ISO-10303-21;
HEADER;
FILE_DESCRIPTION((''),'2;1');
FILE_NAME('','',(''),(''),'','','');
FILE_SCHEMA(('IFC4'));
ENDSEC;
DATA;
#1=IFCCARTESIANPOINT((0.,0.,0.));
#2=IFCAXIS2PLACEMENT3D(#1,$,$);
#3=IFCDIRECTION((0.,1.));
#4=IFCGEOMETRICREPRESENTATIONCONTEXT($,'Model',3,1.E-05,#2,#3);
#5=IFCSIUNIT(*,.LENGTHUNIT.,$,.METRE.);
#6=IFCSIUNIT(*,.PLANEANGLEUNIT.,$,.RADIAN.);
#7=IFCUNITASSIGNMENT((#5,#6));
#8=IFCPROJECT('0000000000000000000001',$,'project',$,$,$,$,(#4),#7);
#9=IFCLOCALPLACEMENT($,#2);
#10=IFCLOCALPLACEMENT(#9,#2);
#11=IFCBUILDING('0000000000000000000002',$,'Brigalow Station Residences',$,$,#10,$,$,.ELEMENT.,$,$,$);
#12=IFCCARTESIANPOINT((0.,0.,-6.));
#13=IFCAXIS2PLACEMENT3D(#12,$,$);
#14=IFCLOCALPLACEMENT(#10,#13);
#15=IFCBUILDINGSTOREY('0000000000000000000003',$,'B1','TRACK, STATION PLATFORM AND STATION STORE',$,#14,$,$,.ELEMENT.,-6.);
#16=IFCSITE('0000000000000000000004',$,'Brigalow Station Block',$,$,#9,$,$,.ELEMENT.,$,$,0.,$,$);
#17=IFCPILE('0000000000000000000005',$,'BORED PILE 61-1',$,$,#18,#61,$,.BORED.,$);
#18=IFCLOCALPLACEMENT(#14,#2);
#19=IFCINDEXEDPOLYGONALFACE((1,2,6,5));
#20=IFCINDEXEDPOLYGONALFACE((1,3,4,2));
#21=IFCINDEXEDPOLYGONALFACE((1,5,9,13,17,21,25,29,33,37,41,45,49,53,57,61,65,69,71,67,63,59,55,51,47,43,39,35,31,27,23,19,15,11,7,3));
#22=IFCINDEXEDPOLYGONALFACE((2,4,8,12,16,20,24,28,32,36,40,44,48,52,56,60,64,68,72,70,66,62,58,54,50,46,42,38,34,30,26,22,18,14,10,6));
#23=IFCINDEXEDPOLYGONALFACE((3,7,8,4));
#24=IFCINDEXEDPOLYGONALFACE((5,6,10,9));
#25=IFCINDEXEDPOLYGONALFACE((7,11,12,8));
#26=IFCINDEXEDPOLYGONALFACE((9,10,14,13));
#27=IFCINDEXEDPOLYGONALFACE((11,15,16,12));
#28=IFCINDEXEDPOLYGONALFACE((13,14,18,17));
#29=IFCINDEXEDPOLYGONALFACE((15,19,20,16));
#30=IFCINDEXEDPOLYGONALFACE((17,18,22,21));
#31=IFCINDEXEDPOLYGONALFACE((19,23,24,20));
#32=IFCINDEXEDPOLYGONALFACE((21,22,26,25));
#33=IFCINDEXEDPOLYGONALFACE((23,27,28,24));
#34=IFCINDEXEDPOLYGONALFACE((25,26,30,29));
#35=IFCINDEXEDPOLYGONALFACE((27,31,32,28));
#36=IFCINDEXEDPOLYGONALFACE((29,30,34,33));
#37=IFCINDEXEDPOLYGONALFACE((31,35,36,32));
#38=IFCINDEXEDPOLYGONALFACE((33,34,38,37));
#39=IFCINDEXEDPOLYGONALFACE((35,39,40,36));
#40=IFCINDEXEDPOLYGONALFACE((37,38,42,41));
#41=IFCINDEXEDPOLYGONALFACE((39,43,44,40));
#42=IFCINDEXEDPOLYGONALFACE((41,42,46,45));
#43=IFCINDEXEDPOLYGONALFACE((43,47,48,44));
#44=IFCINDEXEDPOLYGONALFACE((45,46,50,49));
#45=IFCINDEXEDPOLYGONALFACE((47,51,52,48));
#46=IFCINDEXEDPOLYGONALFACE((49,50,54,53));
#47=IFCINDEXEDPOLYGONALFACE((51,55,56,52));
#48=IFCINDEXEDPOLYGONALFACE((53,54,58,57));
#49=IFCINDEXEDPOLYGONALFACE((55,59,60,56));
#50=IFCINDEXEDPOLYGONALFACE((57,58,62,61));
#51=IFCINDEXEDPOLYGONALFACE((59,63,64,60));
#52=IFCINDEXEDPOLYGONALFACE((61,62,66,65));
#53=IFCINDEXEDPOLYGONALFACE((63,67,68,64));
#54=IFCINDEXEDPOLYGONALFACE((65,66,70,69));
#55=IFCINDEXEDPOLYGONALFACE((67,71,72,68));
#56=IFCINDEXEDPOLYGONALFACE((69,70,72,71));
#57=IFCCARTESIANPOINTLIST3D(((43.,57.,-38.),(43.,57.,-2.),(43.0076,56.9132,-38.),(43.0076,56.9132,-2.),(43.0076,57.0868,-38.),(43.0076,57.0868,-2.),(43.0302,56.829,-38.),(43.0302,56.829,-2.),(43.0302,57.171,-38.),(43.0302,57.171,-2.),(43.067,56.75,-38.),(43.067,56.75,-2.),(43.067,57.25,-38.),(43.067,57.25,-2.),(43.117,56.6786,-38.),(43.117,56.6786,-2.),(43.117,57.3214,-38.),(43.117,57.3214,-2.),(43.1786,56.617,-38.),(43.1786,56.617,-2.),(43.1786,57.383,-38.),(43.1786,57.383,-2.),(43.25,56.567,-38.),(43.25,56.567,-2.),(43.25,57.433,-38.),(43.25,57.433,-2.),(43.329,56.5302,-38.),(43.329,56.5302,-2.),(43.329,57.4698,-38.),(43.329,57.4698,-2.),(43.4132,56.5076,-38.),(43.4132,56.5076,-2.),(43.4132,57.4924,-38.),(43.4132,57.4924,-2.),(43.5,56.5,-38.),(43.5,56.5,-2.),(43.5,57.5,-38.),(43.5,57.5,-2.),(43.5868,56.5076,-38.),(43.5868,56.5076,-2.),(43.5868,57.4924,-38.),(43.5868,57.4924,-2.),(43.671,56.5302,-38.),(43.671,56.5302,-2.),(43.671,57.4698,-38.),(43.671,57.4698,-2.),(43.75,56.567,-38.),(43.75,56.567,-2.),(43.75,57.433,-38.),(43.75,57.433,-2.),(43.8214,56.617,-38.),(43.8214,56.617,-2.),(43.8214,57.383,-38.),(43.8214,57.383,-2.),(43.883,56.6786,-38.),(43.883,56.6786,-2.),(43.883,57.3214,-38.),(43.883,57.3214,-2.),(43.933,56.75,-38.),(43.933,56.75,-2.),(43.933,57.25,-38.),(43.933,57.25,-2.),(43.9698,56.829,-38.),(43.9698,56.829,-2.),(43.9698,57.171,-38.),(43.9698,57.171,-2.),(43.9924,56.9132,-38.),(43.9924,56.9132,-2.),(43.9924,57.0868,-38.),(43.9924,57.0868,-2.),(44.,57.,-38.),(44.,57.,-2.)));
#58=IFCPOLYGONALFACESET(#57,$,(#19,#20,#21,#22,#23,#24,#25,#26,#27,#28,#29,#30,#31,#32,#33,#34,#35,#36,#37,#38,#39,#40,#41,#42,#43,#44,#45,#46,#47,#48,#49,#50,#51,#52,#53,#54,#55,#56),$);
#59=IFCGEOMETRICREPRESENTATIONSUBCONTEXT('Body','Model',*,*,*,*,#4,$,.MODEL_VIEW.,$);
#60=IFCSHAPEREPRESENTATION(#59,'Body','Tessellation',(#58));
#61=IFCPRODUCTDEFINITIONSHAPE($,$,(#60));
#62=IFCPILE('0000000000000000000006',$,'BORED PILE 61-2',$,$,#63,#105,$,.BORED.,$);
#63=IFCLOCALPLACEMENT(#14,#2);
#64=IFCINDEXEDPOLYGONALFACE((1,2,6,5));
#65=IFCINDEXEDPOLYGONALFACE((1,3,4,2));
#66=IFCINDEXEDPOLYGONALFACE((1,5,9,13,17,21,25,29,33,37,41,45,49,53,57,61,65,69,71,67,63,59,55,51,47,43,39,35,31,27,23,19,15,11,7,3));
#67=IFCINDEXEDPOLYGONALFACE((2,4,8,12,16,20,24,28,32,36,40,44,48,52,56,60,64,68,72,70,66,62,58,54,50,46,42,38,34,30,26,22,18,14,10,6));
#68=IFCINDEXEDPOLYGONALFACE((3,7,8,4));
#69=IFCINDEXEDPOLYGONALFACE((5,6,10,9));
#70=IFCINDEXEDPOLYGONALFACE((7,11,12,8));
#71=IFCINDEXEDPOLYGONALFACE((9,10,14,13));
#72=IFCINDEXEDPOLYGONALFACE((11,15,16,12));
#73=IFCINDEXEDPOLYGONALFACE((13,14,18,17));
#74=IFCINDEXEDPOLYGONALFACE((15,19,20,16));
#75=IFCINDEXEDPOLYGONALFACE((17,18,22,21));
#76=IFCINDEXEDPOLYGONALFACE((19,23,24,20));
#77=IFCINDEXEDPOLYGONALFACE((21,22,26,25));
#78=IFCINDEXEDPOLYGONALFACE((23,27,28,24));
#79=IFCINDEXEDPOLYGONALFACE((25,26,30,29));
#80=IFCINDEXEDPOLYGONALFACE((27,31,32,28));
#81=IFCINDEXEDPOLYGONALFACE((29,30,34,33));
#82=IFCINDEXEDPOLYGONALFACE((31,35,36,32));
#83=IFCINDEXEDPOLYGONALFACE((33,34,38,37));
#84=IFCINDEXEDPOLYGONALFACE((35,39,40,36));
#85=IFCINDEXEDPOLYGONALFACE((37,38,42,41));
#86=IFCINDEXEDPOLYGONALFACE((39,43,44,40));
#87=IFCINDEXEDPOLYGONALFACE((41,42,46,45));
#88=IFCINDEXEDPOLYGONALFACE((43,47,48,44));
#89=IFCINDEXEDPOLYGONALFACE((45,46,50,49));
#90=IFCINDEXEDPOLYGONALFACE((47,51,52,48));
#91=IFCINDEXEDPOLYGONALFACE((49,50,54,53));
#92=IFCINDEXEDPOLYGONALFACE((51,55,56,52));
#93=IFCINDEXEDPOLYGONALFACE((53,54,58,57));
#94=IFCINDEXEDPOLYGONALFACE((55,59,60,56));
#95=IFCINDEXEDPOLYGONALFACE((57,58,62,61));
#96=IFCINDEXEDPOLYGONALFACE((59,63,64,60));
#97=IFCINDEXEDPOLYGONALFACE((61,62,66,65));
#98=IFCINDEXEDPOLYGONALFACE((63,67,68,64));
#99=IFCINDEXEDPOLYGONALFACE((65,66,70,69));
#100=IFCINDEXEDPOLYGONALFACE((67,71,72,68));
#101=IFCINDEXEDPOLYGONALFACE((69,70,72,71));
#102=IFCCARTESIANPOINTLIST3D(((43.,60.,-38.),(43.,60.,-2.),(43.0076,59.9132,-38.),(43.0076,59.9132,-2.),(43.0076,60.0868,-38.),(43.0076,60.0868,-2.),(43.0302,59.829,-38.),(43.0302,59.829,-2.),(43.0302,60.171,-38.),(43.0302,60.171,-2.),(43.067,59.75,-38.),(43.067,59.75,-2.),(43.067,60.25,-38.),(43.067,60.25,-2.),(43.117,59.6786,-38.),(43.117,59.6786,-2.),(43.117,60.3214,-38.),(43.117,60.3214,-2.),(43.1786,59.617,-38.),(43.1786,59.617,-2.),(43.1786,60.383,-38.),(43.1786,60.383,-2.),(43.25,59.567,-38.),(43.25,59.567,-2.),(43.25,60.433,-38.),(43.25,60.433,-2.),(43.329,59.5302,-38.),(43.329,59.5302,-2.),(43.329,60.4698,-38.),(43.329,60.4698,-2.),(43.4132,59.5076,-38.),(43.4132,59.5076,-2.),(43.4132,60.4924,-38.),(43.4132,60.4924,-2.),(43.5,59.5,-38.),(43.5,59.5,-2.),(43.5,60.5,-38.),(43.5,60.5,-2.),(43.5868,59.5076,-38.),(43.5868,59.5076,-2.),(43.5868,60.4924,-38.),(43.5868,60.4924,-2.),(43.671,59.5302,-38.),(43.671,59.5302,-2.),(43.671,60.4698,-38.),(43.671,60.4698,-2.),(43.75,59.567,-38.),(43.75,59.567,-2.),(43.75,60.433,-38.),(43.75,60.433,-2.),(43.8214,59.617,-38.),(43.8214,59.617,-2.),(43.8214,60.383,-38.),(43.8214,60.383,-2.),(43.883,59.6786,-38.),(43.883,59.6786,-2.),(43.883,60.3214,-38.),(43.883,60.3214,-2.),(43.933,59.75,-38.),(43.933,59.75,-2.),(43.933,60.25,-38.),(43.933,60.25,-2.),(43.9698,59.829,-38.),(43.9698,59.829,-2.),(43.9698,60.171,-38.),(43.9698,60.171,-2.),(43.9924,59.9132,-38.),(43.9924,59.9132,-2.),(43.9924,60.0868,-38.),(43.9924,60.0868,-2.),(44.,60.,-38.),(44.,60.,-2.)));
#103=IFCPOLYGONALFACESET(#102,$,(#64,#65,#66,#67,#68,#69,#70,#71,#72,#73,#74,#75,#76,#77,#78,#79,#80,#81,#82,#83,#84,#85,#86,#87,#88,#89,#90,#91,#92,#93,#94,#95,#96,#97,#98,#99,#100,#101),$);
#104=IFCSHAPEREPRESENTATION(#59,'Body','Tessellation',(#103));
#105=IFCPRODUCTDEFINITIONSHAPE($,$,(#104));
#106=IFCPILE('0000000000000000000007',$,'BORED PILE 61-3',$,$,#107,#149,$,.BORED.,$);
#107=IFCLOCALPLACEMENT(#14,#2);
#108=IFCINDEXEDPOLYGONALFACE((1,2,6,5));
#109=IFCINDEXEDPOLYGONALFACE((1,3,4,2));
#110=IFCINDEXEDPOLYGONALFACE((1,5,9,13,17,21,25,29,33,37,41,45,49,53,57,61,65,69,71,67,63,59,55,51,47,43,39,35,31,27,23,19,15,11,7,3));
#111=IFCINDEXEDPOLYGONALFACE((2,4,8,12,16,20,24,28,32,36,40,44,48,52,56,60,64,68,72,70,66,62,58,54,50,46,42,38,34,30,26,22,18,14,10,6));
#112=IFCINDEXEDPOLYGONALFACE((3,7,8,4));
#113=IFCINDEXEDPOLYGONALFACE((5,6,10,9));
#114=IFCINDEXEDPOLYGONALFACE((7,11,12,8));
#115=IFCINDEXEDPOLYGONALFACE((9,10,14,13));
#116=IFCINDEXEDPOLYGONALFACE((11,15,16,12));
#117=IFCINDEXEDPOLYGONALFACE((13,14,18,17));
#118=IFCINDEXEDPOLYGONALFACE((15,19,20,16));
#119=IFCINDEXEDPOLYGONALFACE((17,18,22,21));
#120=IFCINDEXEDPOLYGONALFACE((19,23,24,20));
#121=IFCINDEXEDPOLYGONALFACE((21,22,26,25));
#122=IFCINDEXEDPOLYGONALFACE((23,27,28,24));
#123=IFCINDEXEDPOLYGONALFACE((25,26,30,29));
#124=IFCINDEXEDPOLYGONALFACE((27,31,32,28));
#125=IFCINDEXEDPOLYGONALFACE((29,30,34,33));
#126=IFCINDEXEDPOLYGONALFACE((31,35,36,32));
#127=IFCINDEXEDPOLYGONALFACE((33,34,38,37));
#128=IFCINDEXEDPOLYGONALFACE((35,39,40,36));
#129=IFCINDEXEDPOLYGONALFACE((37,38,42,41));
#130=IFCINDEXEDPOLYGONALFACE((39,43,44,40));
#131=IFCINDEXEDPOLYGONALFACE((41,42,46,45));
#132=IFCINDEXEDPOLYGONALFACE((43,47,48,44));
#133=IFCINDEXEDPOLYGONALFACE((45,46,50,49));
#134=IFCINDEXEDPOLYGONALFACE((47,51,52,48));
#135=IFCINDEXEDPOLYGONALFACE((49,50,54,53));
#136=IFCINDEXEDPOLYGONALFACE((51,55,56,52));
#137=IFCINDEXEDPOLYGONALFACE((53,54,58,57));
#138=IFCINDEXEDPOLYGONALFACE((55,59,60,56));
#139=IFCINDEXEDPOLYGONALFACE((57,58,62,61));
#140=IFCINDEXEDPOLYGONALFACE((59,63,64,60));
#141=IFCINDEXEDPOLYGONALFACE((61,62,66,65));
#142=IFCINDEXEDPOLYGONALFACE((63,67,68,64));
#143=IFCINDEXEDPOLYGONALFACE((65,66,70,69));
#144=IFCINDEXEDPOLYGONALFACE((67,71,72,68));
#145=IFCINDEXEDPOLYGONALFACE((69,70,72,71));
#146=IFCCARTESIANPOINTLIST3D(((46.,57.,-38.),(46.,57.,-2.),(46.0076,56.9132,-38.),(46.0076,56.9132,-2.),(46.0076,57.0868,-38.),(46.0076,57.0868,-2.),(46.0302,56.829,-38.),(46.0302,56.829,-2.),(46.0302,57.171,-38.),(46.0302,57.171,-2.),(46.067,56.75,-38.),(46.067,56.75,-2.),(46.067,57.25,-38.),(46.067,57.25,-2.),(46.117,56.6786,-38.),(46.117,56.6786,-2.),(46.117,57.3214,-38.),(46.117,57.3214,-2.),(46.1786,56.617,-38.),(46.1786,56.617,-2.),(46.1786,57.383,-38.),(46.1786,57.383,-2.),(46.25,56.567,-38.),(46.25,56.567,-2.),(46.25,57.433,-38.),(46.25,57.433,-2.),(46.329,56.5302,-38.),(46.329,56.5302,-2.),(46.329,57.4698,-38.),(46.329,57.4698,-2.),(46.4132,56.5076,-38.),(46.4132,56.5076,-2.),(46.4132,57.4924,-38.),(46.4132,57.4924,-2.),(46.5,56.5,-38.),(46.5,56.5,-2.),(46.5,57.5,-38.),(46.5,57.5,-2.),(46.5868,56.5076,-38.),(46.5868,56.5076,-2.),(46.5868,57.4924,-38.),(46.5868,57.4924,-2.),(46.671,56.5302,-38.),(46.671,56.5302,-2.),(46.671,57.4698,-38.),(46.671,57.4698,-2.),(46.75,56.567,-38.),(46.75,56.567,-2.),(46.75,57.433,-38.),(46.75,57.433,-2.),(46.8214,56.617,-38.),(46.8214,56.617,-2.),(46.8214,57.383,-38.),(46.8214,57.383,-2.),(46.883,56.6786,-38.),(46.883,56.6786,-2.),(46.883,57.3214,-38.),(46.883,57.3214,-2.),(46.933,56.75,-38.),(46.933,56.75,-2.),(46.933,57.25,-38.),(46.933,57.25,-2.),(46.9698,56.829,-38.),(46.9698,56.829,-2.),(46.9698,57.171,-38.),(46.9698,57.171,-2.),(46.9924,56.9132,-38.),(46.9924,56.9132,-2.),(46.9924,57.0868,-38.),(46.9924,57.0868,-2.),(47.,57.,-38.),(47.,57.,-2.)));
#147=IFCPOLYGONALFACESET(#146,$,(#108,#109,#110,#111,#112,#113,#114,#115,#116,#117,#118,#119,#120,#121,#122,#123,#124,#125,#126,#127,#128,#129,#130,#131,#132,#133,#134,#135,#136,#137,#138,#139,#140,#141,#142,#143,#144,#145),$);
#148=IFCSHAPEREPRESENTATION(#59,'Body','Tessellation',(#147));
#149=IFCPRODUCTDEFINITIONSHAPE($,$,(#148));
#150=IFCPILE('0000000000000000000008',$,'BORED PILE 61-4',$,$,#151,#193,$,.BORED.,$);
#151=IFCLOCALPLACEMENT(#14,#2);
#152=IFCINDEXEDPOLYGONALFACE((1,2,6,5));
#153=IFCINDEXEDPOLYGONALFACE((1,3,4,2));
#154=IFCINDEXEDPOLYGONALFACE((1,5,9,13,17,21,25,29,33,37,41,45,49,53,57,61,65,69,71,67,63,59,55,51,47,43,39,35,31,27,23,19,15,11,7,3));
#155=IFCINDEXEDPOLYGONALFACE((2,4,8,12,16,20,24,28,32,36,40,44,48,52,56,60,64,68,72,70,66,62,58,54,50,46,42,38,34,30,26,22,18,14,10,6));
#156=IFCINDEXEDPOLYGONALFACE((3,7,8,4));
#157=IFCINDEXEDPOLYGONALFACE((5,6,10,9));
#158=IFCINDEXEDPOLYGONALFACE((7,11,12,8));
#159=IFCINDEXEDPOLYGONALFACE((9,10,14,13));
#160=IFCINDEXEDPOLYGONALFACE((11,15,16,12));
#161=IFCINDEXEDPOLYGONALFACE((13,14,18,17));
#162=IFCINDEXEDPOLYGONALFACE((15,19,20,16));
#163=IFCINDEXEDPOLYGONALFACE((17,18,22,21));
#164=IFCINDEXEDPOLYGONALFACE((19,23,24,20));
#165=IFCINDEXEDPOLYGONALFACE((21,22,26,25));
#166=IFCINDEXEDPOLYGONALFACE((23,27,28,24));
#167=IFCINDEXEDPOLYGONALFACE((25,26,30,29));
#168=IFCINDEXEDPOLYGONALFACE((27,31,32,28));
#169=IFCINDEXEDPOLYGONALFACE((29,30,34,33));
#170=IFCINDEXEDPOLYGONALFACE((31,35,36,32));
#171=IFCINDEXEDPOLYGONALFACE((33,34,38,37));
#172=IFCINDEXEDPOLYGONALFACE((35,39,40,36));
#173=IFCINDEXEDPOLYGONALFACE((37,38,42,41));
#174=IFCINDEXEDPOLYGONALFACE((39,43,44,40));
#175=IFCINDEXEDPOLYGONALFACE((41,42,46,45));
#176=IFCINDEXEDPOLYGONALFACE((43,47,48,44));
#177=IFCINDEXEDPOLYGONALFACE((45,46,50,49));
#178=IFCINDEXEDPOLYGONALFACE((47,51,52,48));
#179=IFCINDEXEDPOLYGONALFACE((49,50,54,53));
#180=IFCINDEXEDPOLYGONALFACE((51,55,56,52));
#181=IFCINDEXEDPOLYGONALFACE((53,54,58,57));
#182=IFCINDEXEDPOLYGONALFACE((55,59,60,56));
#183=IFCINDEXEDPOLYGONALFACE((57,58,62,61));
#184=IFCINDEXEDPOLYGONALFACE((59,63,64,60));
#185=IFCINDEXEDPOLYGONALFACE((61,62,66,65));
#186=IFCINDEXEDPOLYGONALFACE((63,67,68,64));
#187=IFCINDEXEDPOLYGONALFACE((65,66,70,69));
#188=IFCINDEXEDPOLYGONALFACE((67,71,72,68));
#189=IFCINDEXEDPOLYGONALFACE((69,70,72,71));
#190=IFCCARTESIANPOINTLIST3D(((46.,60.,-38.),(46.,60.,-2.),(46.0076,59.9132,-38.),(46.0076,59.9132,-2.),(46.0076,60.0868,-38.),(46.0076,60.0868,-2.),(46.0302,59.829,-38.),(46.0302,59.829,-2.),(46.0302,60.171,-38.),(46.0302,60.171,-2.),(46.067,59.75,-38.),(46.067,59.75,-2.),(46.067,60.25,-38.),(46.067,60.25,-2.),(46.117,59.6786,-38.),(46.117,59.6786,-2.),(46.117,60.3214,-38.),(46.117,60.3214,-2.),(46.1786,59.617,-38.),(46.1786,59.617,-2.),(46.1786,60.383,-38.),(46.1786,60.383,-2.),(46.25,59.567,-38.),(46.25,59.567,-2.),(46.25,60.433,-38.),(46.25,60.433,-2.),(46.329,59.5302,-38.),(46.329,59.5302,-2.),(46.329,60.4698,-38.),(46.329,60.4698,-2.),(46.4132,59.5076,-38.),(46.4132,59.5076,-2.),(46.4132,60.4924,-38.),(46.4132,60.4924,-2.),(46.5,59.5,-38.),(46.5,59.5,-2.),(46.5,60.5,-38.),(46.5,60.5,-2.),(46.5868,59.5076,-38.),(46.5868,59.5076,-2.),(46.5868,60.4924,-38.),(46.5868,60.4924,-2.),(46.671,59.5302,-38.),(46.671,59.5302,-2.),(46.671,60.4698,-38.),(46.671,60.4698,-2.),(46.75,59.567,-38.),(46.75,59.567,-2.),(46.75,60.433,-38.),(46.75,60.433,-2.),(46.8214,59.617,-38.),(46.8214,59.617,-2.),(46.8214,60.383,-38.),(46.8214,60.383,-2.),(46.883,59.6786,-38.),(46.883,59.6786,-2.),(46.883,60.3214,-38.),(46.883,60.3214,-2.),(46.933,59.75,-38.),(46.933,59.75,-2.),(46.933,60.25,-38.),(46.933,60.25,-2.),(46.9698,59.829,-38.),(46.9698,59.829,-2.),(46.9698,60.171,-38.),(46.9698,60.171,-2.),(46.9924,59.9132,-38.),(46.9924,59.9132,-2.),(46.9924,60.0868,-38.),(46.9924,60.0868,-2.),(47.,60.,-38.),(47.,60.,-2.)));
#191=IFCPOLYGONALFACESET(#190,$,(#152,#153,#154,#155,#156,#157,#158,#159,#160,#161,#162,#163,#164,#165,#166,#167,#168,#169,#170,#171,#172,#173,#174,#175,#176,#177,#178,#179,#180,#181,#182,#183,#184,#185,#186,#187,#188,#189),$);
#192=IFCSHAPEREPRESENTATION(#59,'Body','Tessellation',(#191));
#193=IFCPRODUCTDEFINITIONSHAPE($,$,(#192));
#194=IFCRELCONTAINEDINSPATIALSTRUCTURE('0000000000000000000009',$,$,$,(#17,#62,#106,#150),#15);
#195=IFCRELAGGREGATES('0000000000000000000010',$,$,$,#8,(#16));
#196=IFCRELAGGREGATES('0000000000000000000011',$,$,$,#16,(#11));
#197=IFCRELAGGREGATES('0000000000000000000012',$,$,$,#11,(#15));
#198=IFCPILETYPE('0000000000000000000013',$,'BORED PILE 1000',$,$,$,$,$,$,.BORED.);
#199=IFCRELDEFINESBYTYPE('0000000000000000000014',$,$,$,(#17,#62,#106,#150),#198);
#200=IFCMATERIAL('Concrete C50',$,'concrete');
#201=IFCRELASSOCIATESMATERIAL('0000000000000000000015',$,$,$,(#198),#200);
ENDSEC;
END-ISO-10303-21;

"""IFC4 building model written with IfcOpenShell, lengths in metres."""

from ifc_helpers import new_model, si_unit, direction, frame, origin, origin_2d, place, context, subcontext, project, spatial, circle, extrude, material, material_profile, profile_set, type_object, element, save


model = new_model("IFC4")

# Units and contexts
model_context = context("Model", 3, precision=1e-05, world=origin(), true_north=direction((0.0, 1.0)))
body_context = subcontext(model_context, "Body", "Model", "MODEL_VIEW")
ifc_project = project(units=[si_unit("LENGTHUNIT", "METRE"), si_unit("PLANEANGLEUNIT", "RADIAN")], contexts=[model_context])

# Site, building, storey
site_placement = place(None, origin())
site = spatial("IfcSite", under=ifc_project, at=site_placement, Name="Brigalow Station Block", CompositionType="ELEMENT", RefElevation=0.0)
building_placement = place(site_placement, origin())
building = spatial("IfcBuilding", under=site, at=building_placement, Name="Brigalow Station Residences", CompositionType="ELEMENT")
storey_placement = place(building_placement, frame((0.0, 0.0, -6.0)))
storey = spatial("IfcBuildingStorey", under=building, at=storey_placement, Name="B1", Description="TRACK, STATION PLATFORM AND STATION STORE", CompositionType="ELEMENT", Elevation=-6.0)

# Piles
ifc_material_1 = material(Name="Concrete C50", Category="concrete")
ifc_material_profile_1 = material_profile(ifc_material_1, circle(Radius=0.5, at=origin_2d()), Name="BP1000")
ifc_profile_set_1 = profile_set([ifc_material_profile_1], Name="Concrete C50")
pile_type_1 = type_object("IfcPileType", Name="BORED PILE 1000", PredefinedType="BORED", material=ifc_profile_set_1)
for number, where, z_axis, x_axis, name in (
    (1, (43.5, 57.0, -2.0), (0.0, 0.0, -1.0), (1.0, 0.0, 0.0), "BORED PILE 61-1"),
    (2, (43.5, 60.0, -2.0), (0.0, 0.0, -1.0), (1.0, 0.0, 0.0), "BORED PILE 61-2"),
    (3, (46.5, 57.0, -2.0), (0.0, 0.0, -1.0), (1.0, 0.0, 0.0), "BORED PILE 61-3"),
    (4, (46.5, 60.0, -2.0), (0.0, 0.0, -1.0), (1.0, 0.0, 0.0), "BORED PILE 61-4"),
):
    element("IfcPile", number, at=place(storey_placement, frame(where, z_axis=z_axis, x_axis=x_axis)), inside=storey, type_object=pile_type_1, Name=name, PredefinedType="BORED", context=body_context, shape_type="SweptSolid", body=[
        extrude(circle(Radius=0.5, at=origin_2d()), origin(), (0.0, 0.0, 1.0), 36.0),
    ])

save(model, "model.ifc")
